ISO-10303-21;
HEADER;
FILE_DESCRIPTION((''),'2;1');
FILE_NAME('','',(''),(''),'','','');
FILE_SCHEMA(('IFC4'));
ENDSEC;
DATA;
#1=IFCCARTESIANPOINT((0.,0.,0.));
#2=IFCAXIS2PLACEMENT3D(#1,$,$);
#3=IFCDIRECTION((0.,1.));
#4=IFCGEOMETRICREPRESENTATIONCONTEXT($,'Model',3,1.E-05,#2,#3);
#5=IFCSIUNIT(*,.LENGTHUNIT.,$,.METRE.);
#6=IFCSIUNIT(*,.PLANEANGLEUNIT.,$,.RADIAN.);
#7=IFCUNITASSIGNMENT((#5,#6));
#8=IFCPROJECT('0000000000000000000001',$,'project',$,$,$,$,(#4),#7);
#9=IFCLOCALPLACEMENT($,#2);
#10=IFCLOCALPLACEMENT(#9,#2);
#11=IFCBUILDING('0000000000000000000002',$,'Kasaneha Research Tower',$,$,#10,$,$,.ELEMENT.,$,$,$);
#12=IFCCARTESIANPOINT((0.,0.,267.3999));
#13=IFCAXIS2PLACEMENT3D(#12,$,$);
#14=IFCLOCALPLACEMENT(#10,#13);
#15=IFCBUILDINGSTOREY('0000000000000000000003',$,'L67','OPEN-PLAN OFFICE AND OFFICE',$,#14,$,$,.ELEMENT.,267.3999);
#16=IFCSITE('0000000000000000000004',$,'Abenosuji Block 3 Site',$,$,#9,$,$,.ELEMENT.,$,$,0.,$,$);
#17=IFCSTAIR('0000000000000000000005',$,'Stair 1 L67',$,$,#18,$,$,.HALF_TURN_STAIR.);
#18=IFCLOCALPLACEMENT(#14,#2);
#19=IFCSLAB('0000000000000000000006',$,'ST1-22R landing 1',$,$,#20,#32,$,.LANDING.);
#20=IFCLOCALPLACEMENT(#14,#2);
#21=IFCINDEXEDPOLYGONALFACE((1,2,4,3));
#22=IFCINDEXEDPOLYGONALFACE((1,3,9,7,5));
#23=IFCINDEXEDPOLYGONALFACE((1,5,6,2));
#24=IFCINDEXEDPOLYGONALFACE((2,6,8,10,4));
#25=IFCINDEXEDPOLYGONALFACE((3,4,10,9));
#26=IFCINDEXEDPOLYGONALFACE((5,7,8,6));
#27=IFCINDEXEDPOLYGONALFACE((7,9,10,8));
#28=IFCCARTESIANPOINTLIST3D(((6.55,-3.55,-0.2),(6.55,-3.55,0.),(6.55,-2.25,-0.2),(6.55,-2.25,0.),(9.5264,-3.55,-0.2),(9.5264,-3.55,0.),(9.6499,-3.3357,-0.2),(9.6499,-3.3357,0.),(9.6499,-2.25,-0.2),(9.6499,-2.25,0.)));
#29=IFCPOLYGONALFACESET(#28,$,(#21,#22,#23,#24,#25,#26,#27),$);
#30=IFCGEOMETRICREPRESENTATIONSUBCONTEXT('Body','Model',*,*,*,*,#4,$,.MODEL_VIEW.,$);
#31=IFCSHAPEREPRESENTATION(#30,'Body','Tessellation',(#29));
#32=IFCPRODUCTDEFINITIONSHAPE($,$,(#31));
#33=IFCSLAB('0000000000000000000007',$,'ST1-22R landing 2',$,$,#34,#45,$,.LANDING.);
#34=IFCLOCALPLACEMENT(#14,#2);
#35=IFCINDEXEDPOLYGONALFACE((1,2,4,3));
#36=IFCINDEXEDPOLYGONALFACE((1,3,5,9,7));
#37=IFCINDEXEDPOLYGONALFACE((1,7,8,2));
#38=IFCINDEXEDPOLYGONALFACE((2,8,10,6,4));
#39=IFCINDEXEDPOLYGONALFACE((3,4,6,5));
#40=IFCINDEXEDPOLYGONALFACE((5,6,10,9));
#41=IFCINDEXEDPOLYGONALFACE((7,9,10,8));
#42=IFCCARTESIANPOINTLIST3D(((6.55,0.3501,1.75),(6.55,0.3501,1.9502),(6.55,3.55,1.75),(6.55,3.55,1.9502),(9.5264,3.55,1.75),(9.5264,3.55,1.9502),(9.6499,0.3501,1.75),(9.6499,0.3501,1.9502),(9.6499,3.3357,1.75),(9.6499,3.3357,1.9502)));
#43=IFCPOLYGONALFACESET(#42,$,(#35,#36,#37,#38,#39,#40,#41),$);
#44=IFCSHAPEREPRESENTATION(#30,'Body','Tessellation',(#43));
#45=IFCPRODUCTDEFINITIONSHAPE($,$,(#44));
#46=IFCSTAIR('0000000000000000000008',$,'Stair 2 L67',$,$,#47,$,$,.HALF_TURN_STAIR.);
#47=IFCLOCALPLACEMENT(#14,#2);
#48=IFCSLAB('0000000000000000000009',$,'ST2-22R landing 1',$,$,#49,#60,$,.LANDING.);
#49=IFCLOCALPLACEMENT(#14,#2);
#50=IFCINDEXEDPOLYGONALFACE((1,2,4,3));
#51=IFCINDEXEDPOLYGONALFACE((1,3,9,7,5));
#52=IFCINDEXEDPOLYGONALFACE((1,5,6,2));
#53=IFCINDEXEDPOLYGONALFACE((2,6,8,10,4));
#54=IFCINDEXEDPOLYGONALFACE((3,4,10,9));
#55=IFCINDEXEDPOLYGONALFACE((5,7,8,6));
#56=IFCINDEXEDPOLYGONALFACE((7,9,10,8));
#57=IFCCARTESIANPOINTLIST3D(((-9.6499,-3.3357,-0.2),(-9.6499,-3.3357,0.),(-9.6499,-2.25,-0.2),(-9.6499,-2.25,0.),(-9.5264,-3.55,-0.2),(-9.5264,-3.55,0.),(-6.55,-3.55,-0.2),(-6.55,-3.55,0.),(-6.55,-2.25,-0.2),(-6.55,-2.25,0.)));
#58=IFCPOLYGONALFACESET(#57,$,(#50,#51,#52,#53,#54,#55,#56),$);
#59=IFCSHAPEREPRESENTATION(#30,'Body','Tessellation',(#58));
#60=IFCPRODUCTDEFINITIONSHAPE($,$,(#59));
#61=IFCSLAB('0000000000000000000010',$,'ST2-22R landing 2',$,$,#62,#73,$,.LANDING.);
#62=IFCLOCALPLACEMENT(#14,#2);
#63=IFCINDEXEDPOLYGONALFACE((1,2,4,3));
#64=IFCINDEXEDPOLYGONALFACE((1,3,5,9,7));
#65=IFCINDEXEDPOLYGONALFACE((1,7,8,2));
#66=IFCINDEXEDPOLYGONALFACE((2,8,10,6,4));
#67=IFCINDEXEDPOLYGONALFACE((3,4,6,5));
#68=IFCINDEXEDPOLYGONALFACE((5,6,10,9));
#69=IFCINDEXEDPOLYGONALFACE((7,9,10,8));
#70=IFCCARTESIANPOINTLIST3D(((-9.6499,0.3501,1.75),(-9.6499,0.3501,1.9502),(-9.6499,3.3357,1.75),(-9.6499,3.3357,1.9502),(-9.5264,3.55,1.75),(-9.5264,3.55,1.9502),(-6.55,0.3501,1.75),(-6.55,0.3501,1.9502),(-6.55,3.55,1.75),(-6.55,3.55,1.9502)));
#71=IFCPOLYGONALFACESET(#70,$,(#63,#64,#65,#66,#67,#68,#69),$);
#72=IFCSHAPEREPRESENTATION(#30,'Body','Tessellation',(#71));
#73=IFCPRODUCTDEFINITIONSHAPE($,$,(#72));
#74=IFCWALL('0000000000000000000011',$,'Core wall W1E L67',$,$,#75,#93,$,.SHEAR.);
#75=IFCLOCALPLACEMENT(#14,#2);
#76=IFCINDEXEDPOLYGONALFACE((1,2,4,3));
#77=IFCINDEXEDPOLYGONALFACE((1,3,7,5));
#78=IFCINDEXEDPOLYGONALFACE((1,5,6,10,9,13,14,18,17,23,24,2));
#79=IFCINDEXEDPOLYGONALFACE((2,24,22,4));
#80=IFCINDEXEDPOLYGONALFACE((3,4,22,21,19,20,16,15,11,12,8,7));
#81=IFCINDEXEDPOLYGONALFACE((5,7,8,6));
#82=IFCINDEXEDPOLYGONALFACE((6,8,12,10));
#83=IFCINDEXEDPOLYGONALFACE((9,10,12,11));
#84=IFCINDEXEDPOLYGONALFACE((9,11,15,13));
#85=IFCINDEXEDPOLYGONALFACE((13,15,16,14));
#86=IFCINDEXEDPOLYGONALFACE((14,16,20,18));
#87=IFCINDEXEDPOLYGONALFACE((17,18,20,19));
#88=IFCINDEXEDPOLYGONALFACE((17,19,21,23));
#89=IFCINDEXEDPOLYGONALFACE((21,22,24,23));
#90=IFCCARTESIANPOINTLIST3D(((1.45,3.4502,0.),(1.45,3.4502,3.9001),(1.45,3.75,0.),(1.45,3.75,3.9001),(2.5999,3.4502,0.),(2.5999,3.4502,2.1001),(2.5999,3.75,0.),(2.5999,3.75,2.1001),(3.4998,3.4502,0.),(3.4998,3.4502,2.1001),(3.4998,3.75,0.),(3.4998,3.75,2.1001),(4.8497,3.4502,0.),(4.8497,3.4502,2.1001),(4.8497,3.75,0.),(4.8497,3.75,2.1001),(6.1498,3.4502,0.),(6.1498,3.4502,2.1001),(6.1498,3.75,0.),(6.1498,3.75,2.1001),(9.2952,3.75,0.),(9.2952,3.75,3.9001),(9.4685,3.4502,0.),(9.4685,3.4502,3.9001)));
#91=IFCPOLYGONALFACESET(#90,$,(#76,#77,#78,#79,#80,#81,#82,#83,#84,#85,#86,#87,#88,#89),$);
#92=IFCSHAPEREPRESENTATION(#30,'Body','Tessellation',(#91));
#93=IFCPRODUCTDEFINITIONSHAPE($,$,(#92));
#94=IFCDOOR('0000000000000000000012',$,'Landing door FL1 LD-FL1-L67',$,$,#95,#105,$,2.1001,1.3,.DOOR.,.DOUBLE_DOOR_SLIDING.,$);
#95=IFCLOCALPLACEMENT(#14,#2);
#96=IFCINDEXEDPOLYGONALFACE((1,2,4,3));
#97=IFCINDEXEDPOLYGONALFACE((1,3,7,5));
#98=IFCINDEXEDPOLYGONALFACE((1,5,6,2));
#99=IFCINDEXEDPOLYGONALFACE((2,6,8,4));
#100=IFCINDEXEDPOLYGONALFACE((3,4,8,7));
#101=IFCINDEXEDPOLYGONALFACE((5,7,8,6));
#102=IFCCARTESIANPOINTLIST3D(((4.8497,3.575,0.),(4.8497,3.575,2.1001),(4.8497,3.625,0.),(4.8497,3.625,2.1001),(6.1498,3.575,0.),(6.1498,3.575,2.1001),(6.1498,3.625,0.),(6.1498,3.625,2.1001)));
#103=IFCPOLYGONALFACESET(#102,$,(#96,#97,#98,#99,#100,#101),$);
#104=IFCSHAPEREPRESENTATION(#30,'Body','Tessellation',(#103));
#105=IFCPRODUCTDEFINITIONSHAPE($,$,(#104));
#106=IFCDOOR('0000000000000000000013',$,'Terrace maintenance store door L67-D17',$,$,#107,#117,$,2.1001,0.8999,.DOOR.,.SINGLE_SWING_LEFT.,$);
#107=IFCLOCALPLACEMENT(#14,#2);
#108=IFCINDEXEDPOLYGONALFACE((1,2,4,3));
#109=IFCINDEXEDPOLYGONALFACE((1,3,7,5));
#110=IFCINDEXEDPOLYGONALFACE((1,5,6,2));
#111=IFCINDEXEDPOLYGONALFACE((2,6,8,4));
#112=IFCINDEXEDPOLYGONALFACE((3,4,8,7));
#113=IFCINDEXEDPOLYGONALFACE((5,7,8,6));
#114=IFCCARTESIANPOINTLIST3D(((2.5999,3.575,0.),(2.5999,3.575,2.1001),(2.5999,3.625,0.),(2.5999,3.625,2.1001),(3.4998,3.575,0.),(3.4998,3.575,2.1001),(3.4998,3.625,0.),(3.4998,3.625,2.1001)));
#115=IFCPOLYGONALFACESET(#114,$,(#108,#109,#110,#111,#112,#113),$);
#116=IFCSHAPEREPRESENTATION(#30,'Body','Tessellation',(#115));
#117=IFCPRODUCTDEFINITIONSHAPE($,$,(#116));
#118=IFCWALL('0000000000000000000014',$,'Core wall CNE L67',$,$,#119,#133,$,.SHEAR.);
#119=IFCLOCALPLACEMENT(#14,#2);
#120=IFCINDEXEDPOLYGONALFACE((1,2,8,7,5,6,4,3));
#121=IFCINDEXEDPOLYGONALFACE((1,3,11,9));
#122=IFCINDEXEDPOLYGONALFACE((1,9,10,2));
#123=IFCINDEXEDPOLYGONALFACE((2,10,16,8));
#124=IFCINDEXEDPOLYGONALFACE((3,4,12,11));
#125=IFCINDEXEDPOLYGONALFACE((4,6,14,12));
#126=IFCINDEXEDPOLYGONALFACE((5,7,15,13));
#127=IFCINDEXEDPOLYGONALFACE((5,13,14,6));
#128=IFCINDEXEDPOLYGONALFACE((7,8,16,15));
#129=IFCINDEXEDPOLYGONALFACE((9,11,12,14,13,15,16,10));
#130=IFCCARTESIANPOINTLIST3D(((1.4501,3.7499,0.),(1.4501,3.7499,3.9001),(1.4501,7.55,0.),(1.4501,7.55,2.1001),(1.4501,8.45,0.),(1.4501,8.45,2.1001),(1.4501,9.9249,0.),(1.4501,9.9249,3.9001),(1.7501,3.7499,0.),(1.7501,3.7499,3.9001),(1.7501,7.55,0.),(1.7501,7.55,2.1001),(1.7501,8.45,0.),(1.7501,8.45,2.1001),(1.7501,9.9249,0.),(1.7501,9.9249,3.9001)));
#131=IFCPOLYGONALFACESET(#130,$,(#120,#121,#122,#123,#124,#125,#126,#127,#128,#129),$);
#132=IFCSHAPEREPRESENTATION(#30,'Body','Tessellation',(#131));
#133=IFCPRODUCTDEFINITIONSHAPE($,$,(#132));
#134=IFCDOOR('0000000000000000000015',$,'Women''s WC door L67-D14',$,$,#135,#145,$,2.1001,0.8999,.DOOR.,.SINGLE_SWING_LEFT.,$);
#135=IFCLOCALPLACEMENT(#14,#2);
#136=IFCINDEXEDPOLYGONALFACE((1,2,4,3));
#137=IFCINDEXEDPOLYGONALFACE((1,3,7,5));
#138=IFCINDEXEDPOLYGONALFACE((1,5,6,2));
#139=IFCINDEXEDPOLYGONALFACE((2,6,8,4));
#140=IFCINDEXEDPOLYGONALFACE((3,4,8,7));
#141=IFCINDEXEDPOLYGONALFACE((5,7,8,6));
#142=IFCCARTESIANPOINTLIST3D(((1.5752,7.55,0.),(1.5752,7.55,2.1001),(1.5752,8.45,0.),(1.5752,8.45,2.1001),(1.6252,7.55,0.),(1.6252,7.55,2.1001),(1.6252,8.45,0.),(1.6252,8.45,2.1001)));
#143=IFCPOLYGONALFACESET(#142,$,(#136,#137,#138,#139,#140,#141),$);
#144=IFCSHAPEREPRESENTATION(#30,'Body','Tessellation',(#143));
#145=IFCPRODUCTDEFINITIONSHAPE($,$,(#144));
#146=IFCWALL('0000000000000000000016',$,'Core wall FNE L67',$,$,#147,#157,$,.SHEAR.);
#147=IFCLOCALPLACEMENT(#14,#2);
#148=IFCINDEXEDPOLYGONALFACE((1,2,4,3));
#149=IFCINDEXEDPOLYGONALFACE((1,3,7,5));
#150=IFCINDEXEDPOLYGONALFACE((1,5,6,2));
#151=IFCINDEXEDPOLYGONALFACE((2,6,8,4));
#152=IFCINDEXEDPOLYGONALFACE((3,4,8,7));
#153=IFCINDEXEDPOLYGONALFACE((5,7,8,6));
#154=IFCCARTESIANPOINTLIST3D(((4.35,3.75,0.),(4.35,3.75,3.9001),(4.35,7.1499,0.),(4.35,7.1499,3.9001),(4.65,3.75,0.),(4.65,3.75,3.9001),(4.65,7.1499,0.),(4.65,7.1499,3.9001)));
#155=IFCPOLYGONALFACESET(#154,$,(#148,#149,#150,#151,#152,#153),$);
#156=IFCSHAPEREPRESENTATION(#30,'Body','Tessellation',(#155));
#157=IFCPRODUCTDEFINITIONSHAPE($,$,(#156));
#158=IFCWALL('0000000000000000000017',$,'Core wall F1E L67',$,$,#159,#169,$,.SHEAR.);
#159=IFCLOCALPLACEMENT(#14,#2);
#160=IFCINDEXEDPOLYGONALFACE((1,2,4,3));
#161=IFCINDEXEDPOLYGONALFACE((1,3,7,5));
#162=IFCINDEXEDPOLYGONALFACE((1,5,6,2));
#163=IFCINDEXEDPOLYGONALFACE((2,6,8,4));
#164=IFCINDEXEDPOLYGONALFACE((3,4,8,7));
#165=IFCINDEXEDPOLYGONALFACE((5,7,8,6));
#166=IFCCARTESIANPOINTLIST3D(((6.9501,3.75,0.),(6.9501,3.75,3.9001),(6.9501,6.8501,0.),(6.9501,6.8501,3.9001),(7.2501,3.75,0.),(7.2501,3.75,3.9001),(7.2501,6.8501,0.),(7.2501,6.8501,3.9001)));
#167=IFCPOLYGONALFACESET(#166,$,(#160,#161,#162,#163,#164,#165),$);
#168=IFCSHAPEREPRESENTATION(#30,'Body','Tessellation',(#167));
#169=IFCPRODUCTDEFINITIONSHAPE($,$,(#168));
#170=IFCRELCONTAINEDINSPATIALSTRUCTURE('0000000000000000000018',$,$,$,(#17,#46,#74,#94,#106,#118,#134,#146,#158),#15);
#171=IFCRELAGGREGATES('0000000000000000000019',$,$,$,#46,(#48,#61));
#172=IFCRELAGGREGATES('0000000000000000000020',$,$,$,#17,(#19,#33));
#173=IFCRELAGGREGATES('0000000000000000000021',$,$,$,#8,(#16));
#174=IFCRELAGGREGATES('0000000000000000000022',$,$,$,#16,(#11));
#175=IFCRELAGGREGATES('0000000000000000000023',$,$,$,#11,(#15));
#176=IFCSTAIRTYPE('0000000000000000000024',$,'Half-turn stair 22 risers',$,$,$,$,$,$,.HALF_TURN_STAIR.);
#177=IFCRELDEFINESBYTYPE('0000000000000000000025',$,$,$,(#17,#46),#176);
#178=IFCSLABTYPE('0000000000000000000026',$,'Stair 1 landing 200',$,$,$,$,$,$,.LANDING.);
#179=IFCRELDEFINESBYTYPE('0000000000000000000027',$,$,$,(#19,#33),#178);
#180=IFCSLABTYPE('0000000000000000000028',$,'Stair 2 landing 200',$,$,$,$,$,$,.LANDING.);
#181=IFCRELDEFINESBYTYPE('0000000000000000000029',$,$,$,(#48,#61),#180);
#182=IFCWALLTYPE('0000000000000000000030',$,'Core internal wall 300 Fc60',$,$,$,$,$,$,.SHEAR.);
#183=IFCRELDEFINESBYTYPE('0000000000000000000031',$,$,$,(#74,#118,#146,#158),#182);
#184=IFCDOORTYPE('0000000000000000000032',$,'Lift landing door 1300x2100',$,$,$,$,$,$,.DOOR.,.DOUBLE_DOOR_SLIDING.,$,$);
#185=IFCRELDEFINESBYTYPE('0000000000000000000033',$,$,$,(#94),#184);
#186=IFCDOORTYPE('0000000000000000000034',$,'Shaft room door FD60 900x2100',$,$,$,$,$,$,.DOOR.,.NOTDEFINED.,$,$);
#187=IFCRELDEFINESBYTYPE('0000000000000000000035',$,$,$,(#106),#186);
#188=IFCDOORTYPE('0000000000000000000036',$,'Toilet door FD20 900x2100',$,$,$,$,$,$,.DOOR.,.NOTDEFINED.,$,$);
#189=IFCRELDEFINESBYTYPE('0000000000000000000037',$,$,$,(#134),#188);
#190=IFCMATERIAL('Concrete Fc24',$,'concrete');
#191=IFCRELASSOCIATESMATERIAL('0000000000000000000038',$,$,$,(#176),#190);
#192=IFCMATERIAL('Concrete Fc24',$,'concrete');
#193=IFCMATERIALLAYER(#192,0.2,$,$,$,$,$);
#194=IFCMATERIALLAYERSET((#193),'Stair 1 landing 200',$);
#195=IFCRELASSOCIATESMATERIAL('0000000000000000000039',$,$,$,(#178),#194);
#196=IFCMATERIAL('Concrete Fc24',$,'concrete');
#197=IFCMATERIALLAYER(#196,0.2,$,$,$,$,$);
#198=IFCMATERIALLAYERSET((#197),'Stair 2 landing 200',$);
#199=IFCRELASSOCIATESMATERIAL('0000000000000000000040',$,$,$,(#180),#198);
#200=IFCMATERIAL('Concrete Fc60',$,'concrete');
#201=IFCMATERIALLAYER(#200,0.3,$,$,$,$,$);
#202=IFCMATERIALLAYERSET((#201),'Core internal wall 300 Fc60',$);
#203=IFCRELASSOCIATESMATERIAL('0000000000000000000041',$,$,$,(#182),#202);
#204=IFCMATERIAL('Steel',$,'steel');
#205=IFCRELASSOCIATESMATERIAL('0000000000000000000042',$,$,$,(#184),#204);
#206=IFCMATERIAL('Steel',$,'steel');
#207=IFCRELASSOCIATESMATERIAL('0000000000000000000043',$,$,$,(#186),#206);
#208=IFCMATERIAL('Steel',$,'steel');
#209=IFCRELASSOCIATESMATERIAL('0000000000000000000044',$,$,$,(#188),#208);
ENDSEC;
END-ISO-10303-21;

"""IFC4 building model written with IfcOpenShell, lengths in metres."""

from ifc_helpers import new_model, si_unit, direction, frame, frame_2d, origin, place, context, subcontext, project, spatial, polyline, rectangle, outline, extrude, material, layer, layer_set, type_object, element, fill, aggregate, save


model = new_model("IFC4")

# Units and contexts
model_context = context("Model", 3, precision=1e-05, world=origin(), true_north=direction((0.0, 1.0)))
body_context = subcontext(model_context, "Body", "Model", "MODEL_VIEW")
ifc_project = project(units=[si_unit("LENGTHUNIT", "METRE"), si_unit("PLANEANGLEUNIT", "RADIAN")], contexts=[model_context])

# Site, building, storey
site_placement = place(None, origin())
site = spatial("IfcSite", under=ifc_project, at=site_placement, Name="Abenosuji Block 3 Site", CompositionType="ELEMENT", RefElevation=0.0)
building_placement = place(site_placement, origin())
building = spatial("IfcBuilding", under=site, at=building_placement, Name="Kasaneha Research Tower", CompositionType="ELEMENT")
storey_placement = place(building_placement, frame((0.0, 0.0, 267.3999)))
storey = spatial("IfcBuildingStorey", under=building, at=storey_placement, Name="L67", Description="OPEN-PLAN OFFICE AND OFFICE", CompositionType="ELEMENT", Elevation=267.3999)

# Stairs, slabs
ifc_material_1 = material(Name="Concrete Fc24", Category="concrete")
stair_type = type_object("IfcStairType", Name="Half-turn stair 22 risers", PredefinedType="HALF_TURN_STAIR", material=ifc_material_1)
stair_1_placement = place(storey_placement, origin())
stair_1 = element("IfcStair", 1, at=stair_1_placement, inside=storey, type_object=stair_type, Name="Stair 1 L67", PredefinedType="HALF_TURN_STAIR")
ifc_material_2 = material(Name="Concrete Fc24", Category="concrete")
ifc_layer_1 = layer(ifc_material_2, 0.2)
ifc_layer_set_1 = layer_set([ifc_layer_1], Name="Stair 1 landing 200")
slab_type_1 = type_object("IfcSlabType", Name="Stair 1 landing 200", PredefinedType="LANDING", material=ifc_layer_set_1)
slab_1_placement = place(storey_placement, frame((0.0, 0.0, -0.2)))
slab_1 = element("IfcSlab", 2, at=slab_1_placement, type_object=slab_type_1, Name="ST1-22R landing 1", PredefinedType="LANDING", context=body_context, shape_type="SweptSolid", body=[
    extrude(outline(polyline([(9.5264, -3.55), (6.55, -3.55), (6.55, -2.25), (9.6499, -2.25), (9.6499, -3.3357), (9.5264, -3.55)])), origin(), (0.0, 0.0, 1.0), 0.2),
])
slab_2_placement = place(storey_placement, frame((0.0, 0.0, 1.75)))
slab_2 = element("IfcSlab", 3, at=slab_2_placement, type_object=slab_type_1, Name="ST1-22R landing 2", PredefinedType="LANDING", context=body_context, shape_type="SweptSolid", body=[
    extrude(outline(polyline([(6.55, 3.55), (9.5264, 3.55), (9.6499, 3.3357), (9.6499, 0.3501), (6.55, 0.3501), (6.55, 3.55)])), origin(), (0.0, 0.0, 1.0), 0.2002),
])
stair_2_placement = place(storey_placement, origin())
stair_2 = element("IfcStair", 4, at=stair_2_placement, inside=storey, type_object=stair_type, Name="Stair 2 L67", PredefinedType="HALF_TURN_STAIR")
ifc_material_3 = material(Name="Concrete Fc24", Category="concrete")
ifc_layer_2 = layer(ifc_material_3, 0.2)
ifc_layer_set_2 = layer_set([ifc_layer_2], Name="Stair 2 landing 200")
slab_type_2 = type_object("IfcSlabType", Name="Stair 2 landing 200", PredefinedType="LANDING", material=ifc_layer_set_2)
slab_3_placement = place(storey_placement, frame((0.0, 0.0, -0.2)))
slab_3 = element("IfcSlab", 5, at=slab_3_placement, type_object=slab_type_2, Name="ST2-22R landing 1", PredefinedType="LANDING", context=body_context, shape_type="SweptSolid", body=[
    extrude(outline(polyline([(-6.55, -3.55), (-9.5264, -3.55), (-9.6499, -3.3357), (-9.6499, -2.25), (-6.55, -2.25), (-6.55, -3.55)])), origin(), (0.0, 0.0, 1.0), 0.2),
])
slab_4_placement = place(storey_placement, frame((0.0, 0.0, 1.75)))
slab_4 = element("IfcSlab", 6, at=slab_4_placement, type_object=slab_type_2, Name="ST2-22R landing 2", PredefinedType="LANDING", context=body_context, shape_type="SweptSolid", body=[
    extrude(outline(polyline([(-6.55, 0.3501), (-9.6499, 0.3501), (-9.6499, 3.3357), (-9.5264, 3.55), (-6.55, 3.55), (-6.55, 0.3501)])), origin(), (0.0, 0.0, 1.0), 0.2002),
])
aggregate(stair_2, [slab_3, slab_4])

# Wall, openings, doors
ifc_material_4 = material(Name="Concrete Fc60", Category="concrete")
ifc_layer_3 = layer(ifc_material_4, 0.3)
ifc_layer_set_3 = layer_set([ifc_layer_3], Name="Core internal wall 300 Fc60")
wall_type = type_object("IfcWallType", Name="Core internal wall 300 Fc60", PredefinedType="SHEAR", material=ifc_layer_set_3)
wall_1_placement = place(storey_placement, frame((1.45, 3.6001, 0.0), z_axis=(0.0, 0.0, 1.0), x_axis=(1.0, 0.0, 0.0)))
wall_1 = element("IfcWall", 7, at=wall_1_placement, inside=storey, type_object=wall_type, Name="Core wall W1E L67", PredefinedType="SHEAR", context=body_context, shape_type="SweptSolid", body=[
    extrude(outline(polyline([(0.0, -0.1499), (1.1499, -0.1499), (2.0498, -0.1499), (3.3999, -0.1499), (4.7, -0.1499), (8.0186, -0.1499), (7.8452, 0.1499), (4.7, 0.1499), (3.3999, 0.1499), (2.0498, 0.1499), (1.1499, 0.1499), (0.0, 0.1499), (0.0, -0.1499)])), origin(), (0.0, 0.0, 1.0), 3.9001),
])
opening_1_placement = place(wall_1_placement, frame((1.1499, 0.0, 0.0)))
opening_1 = element("IfcOpeningElement", 8, at=opening_1_placement, cuts=wall_1, PredefinedType="OPENING", context=body_context, shape_type="SweptSolid", body=[
    extrude(rectangle(XDim=0.8999, YDim=2.1001, at=frame_2d((0.45, 1.05))), frame((0.0, 0.1602, 0.0), z_axis=(0.0, -1.0, 0.0), x_axis=(1.0, 0.0, 0.0)), (0.0, 0.0, 1.0), 0.3201),
])
opening_2_placement = place(wall_1_placement, frame((3.3999, 0.0, 0.0)))
opening_2 = element("IfcOpeningElement", 9, at=opening_2_placement, cuts=wall_1, PredefinedType="OPENING", context=body_context, shape_type="SweptSolid", body=[
    extrude(rectangle(XDim=1.3, YDim=2.1001, at=frame_2d((0.6499, 1.05))), frame((0.0, 0.1602, 0.0), z_axis=(0.0, -1.0, 0.0), x_axis=(1.0, 0.0, 0.0)), (0.0, 0.0, 1.0), 0.3201),
])
ifc_material_5 = material(Name="Steel", Category="steel")
door_type_1 = type_object("IfcDoorType", Name="Lift landing door 1300x2100", OperationType="DOUBLE_DOOR_SLIDING", PredefinedType="DOOR", material=ifc_material_5)
door_1_placement = place(opening_2_placement, origin())
door_1 = element("IfcDoor", 10, at=door_1_placement, inside=storey, type_object=door_type_1, Name="Landing door FL1 LD-FL1-L67", OperationType="DOUBLE_DOOR_SLIDING", OverallHeight=2.1001, OverallWidth=1.3, PredefinedType="DOOR", context=body_context, shape_type="SweptSolid", body=[
    extrude(rectangle(XDim=1.3, YDim=2.1001, at=frame_2d((0.6499, 1.05))), frame((0.0, 0.0249, 0.0), z_axis=(0.0, -1.0, 0.0), x_axis=(1.0, 0.0, 0.0)), (0.0, 0.0, 1.0), 0.05),
])
fill(opening_2, door_1)
ifc_material_6 = material(Name="Steel", Category="steel")
door_type_2 = type_object("IfcDoorType", Name="Shaft room door FD60 900x2100", OperationType="NOTDEFINED", PredefinedType="DOOR", material=ifc_material_6)
door_2_placement = place(opening_1_placement, origin())
door_2 = element("IfcDoor", 11, at=door_2_placement, inside=storey, type_object=door_type_2, Name="Terrace maintenance store door L67-D17", OperationType="SINGLE_SWING_LEFT", OverallHeight=2.1001, OverallWidth=0.8999, PredefinedType="DOOR", context=body_context, shape_type="SweptSolid", body=[
    extrude(rectangle(XDim=0.8999, YDim=2.1001, at=frame_2d((0.45, 1.05))), frame((0.0, 0.0249, 0.0), z_axis=(0.0, -1.0, 0.0), x_axis=(1.0, 0.0, 0.0)), (0.0, 0.0, 1.0), 0.05),
])
fill(opening_1, door_2)

# Wall, opening, door
wall_2_placement = place(storey_placement, frame((1.6001, 3.75, 0.0), z_axis=(0.0, 0.0, 1.0), x_axis=(0.0, 1.0, 0.0)))
wall_2 = element("IfcWall", 12, at=wall_2_placement, inside=storey, type_object=wall_type, Name="Core wall CNE L67", PredefinedType="SHEAR", context=body_context, shape_type="SweptSolid", body=[
    extrude(rectangle(XDim=6.175, YDim=0.3, at=frame_2d((3.0874, 0.0))), origin(), (0.0, 0.0, 1.0), 3.9001),
])
opening_3_placement = place(wall_2_placement, frame((3.8, 0.0, 0.0)))
opening_3 = element("IfcOpeningElement", 13, at=opening_3_placement, cuts=wall_2, PredefinedType="OPENING", context=body_context, shape_type="SweptSolid", body=[
    extrude(rectangle(XDim=0.8999, YDim=2.1001, at=frame_2d((0.45, 1.05))), frame((0.0, 0.1602, 0.0), z_axis=(0.0, -1.0, 0.0), x_axis=(1.0, 0.0, 0.0)), (0.0, 0.0, 1.0), 0.3201),
])
ifc_material_7 = material(Name="Steel", Category="steel")
door_type_3 = type_object("IfcDoorType", Name="Toilet door FD20 900x2100", OperationType="NOTDEFINED", PredefinedType="DOOR", material=ifc_material_7)
door_3_placement = place(opening_3_placement, origin())
door_3 = element("IfcDoor", 14, at=door_3_placement, inside=storey, type_object=door_type_3, Name="Women's WC door L67-D14", OperationType="SINGLE_SWING_LEFT", OverallHeight=2.1001, OverallWidth=0.8999, PredefinedType="DOOR", context=body_context, shape_type="SweptSolid", body=[
    extrude(rectangle(XDim=0.8999, YDim=2.1001, at=frame_2d((0.45, 1.05))), frame((0.0, 0.0249, 0.0), z_axis=(0.0, -1.0, 0.0), x_axis=(1.0, 0.0, 0.0)), (0.0, 0.0, 1.0), 0.05),
])
fill(opening_3, door_3)

# Walls
wall_3_placement = place(storey_placement, frame((4.5, 3.75, 0.0), z_axis=(0.0, 0.0, 1.0), x_axis=(0.0, 1.0, 0.0)))
element("IfcWall", 15, at=wall_3_placement, inside=storey, type_object=wall_type, Name="Core wall FNE L67", PredefinedType="SHEAR", context=body_context, shape_type="SweptSolid", body=[
    extrude(rectangle(XDim=3.3999, YDim=0.3, at=frame_2d((1.7, 0.0))), origin(), (0.0, 0.0, 1.0), 3.9001),
])
wall_4_placement = place(storey_placement, frame((7.1001, 3.75, 0.0), z_axis=(0.0, 0.0, 1.0), x_axis=(0.0, 1.0, 0.0)))
element("IfcWall", 16, at=wall_4_placement, inside=storey, type_object=wall_type, Name="Core wall F1E L67", PredefinedType="SHEAR", context=body_context, shape_type="SweptSolid", body=[
    extrude(rectangle(XDim=3.1001, YDim=0.3, at=frame_2d((1.55, 0.0))), origin(), (0.0, 0.0, 1.0), 3.9001),
])

aggregate(stair_1, [slab_1, slab_2])

save(model, "model.ifc")
